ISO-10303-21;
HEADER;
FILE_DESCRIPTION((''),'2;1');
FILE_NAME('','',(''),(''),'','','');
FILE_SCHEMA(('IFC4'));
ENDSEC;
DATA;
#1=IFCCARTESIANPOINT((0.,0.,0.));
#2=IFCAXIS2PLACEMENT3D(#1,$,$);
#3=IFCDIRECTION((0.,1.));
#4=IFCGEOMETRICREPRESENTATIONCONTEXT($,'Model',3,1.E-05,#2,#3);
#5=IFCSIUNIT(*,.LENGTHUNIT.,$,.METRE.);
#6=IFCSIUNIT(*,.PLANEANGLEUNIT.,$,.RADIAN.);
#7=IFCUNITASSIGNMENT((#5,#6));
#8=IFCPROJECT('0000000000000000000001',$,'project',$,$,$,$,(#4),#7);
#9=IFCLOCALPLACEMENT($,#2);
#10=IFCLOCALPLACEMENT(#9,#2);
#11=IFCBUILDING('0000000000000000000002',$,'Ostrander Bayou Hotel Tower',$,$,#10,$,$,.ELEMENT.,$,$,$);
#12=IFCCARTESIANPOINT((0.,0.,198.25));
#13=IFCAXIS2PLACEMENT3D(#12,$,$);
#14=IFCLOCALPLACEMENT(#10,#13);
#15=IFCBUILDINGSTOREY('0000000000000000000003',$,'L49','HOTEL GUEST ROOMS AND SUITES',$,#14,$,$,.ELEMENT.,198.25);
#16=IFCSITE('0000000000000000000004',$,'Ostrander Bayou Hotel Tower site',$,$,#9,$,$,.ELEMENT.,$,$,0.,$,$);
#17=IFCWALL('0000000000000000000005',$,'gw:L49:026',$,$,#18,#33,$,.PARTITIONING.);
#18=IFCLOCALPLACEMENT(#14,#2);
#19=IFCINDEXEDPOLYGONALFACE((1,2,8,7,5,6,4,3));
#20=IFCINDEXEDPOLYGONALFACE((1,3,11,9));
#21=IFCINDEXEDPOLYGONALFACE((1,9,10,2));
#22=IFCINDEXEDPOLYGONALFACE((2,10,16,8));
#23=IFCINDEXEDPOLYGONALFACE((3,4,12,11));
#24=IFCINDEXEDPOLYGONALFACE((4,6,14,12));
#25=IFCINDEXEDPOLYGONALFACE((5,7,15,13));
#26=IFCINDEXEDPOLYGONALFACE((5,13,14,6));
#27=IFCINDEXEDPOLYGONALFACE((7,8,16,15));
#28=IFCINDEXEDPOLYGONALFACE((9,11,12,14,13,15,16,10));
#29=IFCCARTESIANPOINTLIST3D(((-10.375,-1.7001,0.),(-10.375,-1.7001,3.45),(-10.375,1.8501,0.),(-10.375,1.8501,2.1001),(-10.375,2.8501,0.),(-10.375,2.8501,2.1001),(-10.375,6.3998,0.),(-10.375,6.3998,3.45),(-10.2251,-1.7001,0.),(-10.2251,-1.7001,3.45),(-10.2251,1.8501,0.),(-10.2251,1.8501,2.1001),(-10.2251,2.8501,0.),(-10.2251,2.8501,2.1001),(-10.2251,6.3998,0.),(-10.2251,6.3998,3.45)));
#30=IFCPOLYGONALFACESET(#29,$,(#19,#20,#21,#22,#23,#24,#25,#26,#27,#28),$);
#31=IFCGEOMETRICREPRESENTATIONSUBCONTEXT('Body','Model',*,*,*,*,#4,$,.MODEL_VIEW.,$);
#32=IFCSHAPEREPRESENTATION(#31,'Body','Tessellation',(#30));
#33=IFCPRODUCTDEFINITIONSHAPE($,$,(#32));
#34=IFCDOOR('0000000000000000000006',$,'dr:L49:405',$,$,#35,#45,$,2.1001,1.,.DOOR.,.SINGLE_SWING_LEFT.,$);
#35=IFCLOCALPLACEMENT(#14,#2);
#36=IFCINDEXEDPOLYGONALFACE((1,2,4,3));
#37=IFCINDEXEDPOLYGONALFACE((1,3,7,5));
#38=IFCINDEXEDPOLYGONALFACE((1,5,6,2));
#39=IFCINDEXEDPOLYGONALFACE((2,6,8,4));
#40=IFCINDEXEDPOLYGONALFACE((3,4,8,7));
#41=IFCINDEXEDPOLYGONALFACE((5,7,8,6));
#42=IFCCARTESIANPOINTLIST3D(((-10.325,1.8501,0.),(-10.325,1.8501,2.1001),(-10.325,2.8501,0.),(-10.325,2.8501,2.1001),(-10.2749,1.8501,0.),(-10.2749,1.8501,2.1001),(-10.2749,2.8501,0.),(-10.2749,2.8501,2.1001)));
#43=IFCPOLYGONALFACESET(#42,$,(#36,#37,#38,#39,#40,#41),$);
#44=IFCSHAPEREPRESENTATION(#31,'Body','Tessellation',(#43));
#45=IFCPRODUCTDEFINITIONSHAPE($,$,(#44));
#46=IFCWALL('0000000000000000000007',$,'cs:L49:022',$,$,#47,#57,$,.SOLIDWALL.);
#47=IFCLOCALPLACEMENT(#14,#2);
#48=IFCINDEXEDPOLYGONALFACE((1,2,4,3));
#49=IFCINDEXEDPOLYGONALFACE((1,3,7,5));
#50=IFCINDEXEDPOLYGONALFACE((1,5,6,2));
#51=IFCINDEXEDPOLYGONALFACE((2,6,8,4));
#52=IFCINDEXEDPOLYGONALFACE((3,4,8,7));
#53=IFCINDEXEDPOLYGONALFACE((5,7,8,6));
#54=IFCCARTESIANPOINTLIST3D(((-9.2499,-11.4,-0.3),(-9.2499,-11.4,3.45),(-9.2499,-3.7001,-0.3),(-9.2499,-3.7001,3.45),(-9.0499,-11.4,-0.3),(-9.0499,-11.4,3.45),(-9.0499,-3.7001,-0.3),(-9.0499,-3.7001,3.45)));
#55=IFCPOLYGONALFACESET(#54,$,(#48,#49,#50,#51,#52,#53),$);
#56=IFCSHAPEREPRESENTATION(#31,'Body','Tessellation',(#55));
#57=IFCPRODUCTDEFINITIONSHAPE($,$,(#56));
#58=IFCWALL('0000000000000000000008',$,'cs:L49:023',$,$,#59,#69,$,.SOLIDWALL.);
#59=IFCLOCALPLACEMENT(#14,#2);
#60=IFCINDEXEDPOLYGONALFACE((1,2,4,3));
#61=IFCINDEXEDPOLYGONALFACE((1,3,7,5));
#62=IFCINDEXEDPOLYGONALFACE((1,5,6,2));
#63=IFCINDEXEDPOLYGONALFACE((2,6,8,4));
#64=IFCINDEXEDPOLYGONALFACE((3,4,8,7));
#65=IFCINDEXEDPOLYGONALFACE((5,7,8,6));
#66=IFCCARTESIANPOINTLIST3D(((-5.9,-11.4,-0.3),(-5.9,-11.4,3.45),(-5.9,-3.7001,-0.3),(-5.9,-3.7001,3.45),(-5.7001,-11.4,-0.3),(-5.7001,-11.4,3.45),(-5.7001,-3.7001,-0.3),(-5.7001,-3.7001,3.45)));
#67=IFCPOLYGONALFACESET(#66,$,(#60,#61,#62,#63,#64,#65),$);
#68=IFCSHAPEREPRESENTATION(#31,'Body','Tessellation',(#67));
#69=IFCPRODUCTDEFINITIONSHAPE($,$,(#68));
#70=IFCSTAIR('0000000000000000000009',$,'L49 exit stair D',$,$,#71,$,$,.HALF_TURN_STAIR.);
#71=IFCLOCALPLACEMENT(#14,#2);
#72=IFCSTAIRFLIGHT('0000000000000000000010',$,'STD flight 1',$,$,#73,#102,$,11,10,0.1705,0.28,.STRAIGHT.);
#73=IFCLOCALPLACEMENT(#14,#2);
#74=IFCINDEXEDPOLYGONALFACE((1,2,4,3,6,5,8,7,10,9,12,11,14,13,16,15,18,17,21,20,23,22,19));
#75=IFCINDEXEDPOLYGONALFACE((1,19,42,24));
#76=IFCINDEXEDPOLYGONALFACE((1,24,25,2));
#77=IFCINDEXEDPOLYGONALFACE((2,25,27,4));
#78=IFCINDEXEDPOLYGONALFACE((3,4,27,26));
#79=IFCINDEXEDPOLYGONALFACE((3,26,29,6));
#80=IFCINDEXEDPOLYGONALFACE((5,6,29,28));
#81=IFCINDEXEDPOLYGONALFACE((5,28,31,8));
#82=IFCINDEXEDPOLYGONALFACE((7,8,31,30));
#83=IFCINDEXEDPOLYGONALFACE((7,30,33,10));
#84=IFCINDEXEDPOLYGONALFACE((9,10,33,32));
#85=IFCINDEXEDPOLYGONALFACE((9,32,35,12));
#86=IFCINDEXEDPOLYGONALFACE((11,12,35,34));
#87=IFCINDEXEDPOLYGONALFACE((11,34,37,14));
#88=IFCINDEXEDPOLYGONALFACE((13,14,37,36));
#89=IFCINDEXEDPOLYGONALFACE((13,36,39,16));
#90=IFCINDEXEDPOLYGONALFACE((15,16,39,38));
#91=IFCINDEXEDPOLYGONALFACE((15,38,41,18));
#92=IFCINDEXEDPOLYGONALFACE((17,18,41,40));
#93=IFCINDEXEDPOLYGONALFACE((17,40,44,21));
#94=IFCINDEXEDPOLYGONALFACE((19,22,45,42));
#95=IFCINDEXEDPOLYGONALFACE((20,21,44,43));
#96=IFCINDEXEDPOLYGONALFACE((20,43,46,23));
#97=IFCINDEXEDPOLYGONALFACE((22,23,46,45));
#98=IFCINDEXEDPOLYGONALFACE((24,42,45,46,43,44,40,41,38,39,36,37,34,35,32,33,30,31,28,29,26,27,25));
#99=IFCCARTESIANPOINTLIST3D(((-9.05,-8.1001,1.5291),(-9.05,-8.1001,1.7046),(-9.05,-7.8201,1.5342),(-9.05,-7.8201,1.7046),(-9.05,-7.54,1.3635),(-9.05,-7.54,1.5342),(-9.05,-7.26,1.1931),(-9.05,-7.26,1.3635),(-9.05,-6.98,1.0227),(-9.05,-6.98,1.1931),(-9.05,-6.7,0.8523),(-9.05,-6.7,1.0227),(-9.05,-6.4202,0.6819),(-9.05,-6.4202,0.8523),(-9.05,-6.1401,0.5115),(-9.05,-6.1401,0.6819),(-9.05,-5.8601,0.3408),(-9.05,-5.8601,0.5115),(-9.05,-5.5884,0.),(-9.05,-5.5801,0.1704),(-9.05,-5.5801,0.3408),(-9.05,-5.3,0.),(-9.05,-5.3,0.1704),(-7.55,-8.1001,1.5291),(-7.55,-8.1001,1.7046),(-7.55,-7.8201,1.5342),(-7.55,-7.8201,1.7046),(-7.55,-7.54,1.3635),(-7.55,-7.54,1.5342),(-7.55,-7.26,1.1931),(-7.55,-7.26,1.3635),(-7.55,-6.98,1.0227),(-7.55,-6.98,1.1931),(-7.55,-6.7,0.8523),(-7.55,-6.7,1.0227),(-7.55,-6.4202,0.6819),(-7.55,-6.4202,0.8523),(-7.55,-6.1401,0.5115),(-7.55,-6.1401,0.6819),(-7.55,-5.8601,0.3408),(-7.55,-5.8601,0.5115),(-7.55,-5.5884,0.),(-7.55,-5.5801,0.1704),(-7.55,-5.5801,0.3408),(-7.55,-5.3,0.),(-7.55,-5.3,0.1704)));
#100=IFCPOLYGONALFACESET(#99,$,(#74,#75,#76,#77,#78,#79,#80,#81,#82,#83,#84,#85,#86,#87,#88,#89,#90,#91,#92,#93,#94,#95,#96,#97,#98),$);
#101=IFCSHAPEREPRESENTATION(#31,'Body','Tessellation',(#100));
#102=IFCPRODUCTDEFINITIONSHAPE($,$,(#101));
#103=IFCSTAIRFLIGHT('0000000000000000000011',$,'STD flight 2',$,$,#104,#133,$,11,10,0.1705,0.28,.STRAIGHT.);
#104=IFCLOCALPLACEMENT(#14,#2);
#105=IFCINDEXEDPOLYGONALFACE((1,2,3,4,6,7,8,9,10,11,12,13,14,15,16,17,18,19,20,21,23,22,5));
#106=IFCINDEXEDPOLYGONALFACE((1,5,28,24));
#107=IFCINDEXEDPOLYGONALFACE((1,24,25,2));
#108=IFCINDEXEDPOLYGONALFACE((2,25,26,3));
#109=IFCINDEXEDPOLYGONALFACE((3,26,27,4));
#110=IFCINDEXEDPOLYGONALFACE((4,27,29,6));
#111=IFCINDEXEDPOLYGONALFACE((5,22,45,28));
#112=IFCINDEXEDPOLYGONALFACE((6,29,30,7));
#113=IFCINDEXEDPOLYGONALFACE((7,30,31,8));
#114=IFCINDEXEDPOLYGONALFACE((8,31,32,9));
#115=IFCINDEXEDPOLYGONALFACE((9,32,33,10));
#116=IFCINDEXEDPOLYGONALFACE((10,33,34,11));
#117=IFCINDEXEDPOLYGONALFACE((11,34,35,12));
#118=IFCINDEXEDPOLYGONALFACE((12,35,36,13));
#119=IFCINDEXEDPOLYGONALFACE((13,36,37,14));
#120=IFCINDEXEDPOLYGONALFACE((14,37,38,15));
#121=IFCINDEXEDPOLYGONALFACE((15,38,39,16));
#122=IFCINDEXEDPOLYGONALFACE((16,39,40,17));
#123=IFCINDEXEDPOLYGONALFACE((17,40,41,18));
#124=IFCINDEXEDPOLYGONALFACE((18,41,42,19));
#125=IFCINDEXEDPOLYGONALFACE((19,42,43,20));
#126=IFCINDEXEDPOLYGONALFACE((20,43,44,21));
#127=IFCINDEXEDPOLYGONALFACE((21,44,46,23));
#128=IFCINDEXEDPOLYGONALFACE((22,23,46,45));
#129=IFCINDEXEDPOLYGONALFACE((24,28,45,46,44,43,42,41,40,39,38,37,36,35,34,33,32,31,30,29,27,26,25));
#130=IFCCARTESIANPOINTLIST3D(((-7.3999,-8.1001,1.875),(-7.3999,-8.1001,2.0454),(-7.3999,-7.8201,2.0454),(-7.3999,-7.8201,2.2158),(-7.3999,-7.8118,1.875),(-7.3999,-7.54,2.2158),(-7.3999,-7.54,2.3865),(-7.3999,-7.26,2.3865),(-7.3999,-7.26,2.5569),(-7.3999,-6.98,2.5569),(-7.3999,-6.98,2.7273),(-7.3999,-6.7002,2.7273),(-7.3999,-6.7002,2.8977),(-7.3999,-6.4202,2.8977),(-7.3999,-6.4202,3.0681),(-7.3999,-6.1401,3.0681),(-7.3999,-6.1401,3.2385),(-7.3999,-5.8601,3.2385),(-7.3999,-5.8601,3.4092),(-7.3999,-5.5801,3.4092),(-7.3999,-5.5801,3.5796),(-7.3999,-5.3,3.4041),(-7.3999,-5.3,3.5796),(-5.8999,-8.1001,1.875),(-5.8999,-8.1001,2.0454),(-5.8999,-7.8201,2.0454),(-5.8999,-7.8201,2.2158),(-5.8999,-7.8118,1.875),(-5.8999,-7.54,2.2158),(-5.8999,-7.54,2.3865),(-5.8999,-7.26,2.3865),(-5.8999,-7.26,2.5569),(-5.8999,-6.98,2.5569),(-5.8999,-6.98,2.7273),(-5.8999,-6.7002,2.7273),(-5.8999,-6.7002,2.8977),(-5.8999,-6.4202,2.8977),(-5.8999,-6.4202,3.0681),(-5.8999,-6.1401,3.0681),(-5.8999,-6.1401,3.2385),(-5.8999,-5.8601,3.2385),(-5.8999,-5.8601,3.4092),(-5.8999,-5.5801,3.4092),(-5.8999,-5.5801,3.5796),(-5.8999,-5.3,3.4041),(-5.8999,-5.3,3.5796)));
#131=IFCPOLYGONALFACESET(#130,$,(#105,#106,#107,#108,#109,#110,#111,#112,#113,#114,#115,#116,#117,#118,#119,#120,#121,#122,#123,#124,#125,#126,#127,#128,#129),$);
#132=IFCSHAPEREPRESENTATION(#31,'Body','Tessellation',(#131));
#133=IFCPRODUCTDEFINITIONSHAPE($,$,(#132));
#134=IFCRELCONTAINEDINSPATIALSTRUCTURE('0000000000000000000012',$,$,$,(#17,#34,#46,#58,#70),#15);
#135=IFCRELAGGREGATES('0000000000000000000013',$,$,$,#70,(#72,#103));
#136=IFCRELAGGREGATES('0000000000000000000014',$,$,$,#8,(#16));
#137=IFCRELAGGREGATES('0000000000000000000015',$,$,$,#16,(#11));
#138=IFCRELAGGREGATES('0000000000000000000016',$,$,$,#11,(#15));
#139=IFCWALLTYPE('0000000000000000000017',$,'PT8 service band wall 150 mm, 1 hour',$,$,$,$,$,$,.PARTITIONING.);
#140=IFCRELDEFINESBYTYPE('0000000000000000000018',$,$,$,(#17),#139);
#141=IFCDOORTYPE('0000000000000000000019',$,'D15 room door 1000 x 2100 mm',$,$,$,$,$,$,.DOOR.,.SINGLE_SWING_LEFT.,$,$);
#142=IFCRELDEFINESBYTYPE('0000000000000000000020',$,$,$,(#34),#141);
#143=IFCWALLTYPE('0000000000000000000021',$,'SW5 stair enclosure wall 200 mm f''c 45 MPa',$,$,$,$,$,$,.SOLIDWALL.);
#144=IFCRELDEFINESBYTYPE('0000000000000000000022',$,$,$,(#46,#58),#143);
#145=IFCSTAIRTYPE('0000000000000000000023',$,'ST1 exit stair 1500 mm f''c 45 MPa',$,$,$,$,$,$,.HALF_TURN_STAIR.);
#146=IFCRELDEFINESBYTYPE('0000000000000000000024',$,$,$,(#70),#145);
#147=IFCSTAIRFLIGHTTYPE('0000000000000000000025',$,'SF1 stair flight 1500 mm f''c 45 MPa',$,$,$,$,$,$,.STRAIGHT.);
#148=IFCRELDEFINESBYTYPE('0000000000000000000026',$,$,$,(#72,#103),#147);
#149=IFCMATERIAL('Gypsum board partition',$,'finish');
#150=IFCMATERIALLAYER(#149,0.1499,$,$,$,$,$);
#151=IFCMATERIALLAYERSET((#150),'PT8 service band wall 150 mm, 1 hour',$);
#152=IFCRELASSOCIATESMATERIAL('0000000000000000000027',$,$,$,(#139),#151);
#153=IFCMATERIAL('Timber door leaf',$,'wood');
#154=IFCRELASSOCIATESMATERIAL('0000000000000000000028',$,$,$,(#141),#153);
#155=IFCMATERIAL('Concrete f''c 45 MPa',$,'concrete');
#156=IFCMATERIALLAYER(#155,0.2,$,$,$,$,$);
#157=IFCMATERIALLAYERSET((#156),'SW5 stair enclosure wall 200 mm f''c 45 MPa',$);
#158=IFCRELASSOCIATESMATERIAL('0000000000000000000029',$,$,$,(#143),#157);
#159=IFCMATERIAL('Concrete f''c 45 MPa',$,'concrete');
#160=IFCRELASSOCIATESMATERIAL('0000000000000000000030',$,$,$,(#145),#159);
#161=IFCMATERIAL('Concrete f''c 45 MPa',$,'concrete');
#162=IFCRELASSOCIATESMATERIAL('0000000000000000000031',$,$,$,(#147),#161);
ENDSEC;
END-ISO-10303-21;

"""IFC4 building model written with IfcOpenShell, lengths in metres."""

from ifc_helpers import new_model, si_unit, direction, frame, frame_2d, origin, place, context, subcontext, project, spatial, polyline, rectangle, outline, extrude, material, layer, layer_set, type_object, element, fill, aggregate, save


model = new_model("IFC4")

# Units and contexts
model_context = context("Model", 3, precision=1e-05, world=origin(), true_north=direction((0.0, 1.0)))
body_context = subcontext(model_context, "Body", "Model", "MODEL_VIEW")
ifc_project = project(units=[si_unit("LENGTHUNIT", "METRE"), si_unit("PLANEANGLEUNIT", "RADIAN")], contexts=[model_context])

# Site, building, storey
site_placement = place(None, origin())
site = spatial("IfcSite", under=ifc_project, at=site_placement, Name="Ostrander Bayou Hotel Tower site", CompositionType="ELEMENT", RefElevation=0.0)
building_placement = place(site_placement, origin())
building = spatial("IfcBuilding", under=site, at=building_placement, Name="Ostrander Bayou Hotel Tower", CompositionType="ELEMENT")
storey_placement = place(building_placement, frame((0.0, 0.0, 198.25)))
storey = spatial("IfcBuildingStorey", under=building, at=storey_placement, Name="L49", Description="HOTEL GUEST ROOMS AND SUITES", CompositionType="ELEMENT", Elevation=198.25)

# Shared definitions
ifc_material_1 = material(Name="Gypsum board partition", Category="finish")
ifc_layer_1 = layer(ifc_material_1, 0.1499)
ifc_layer_set_1 = layer_set([ifc_layer_1], Name="PT8 service band wall 150 mm, 1 hour")
wall_type_1 = type_object("IfcWallType", Name="PT8 service band wall 150 mm, 1 hour", PredefinedType="PARTITIONING", material=ifc_layer_set_1)

# Wall, opening, door
wall_1_placement = place(storey_placement, frame((-10.3, -1.7, 0.0), z_axis=(0.0, 0.0, 1.0), x_axis=(0.0, 1.0, 0.0)))
wall_1 = element("IfcWall", 1, at=wall_1_placement, inside=storey, type_object=wall_type_1, Name="gw:L49:026", PredefinedType="PARTITIONING", context=body_context, shape_type="SweptSolid", body=[
    extrude(rectangle(XDim=8.0999, YDim=0.1499, at=frame_2d((4.0498, 0.0))), origin(), (0.0, 0.0, 1.0), 3.45),
])
opening_1_placement = place(wall_1_placement, frame((3.55, 0.0, 0.0)))
opening_1 = element("IfcOpeningElement", 2, at=opening_1_placement, cuts=wall_1, PredefinedType="OPENING", context=body_context, shape_type="SweptSolid", body=[
    extrude(rectangle(XDim=1.0, YDim=2.1001, at=frame_2d((0.5, 1.05))), frame((0.0, 0.075, 0.0), z_axis=(0.0, -1.0, 0.0), x_axis=(1.0, 0.0, 0.0)), (0.0, 0.0, 1.0), 0.1499),
])
ifc_material_2 = material(Name="Timber door leaf", Category="wood")
door_type_1 = type_object("IfcDoorType", Name="D15 room door 1000 x 2100 mm", OperationType="SINGLE_SWING_LEFT", PredefinedType="DOOR", material=ifc_material_2)
door_1_placement = place(opening_1_placement, origin())
door_1 = element("IfcDoor", 3, at=door_1_placement, inside=storey, type_object=door_type_1, Name="dr:L49:405", OperationType="SINGLE_SWING_LEFT", OverallHeight=2.1001, OverallWidth=1.0, PredefinedType="DOOR", context=body_context, shape_type="SweptSolid", body=[
    extrude(rectangle(XDim=1.0, YDim=2.1001, at=frame_2d((0.5, 1.05))), frame((0.0, 0.0249, 0.0), z_axis=(0.0, -1.0, 0.0), x_axis=(1.0, 0.0, 0.0)), (0.0, 0.0, 1.0), 0.05),
])
fill(opening_1, door_1)
ifc_material_3 = material(Name="Concrete f'c 45 MPa", Category="concrete")
ifc_layer_2 = layer(ifc_material_3, 0.2)
ifc_layer_set_2 = layer_set([ifc_layer_2], Name="SW5 stair enclosure wall 200 mm f'c 45 MPa")
wall_type_2 = type_object("IfcWallType", Name="SW5 stair enclosure wall 200 mm f'c 45 MPa", PredefinedType="SOLIDWALL", material=ifc_layer_set_2)

# Walls
for number, where, z_axis, x_axis, name in (
    (4, (-9.1499, -3.7, -0.3), (0.0, 0.0, 1.0), (0.0, -1.0, 0.0), "cs:L49:022"),
    (5, (-5.8, -3.7, -0.3), (0.0, 0.0, 1.0), (0.0, -1.0, 0.0), "cs:L49:023"),
):
    element("IfcWall", number, at=place(storey_placement, frame(where, z_axis=z_axis, x_axis=x_axis)), inside=storey, type_object=wall_type_2, Name=name, PredefinedType="SOLIDWALL", context=body_context, shape_type="SweptSolid", body=[
        extrude(rectangle(XDim=7.7, YDim=0.2, at=frame_2d((3.8501, 0.0))), origin(), (0.0, 0.0, 1.0), 3.75),
    ])

# Stair, stair flights
ifc_material_4 = material(Name="Concrete f'c 45 MPa", Category="concrete")
stair_type = type_object("IfcStairType", Name="ST1 exit stair 1500 mm f'c 45 MPa", PredefinedType="HALF_TURN_STAIR", material=ifc_material_4)
stair_placement = place(storey_placement, origin())
stair = element("IfcStair", 6, at=stair_placement, inside=storey, type_object=stair_type, Name="L49 exit stair D", PredefinedType="HALF_TURN_STAIR")
ifc_material_5 = material(Name="Concrete f'c 45 MPa", Category="concrete")
stair_flight_type = type_object("IfcStairFlightType", Name="SF1 stair flight 1500 mm f'c 45 MPa", PredefinedType="STRAIGHT", material=ifc_material_5)
stair_flight_1_placement = place(storey_placement, frame((-8.3, -5.3, 0.0), z_axis=(0.0, 0.0, 1.0), x_axis=(0.0, -1.0, 0.0)))
stair_flight_1 = element("IfcStairFlight", 7, at=stair_flight_1_placement, type_object=stair_flight_type, Name="STD flight 1", NumberOfRisers=11, NumberOfTreads=10, PredefinedType="STRAIGHT", RiserHeight=0.1705, TreadLength=0.28, context=body_context, shape_type="SweptSolid", body=[
    extrude(outline(polyline([(0.0, 0.0), (0.0, 0.1704), (0.28, 0.1704), (0.28, 0.3408), (0.5601, 0.3408), (0.5601, 0.5115), (0.8401, 0.5115), (0.8401, 0.6819), (1.1201, 0.6819), (1.1201, 0.8523), (1.3999, 0.8523), (1.3999, 1.0227), (1.6799, 1.0227), (1.6799, 1.1931), (1.96, 1.1931), (1.96, 1.3635), (2.24, 1.3635), (2.24, 1.5342), (2.52, 1.5342), (2.52, 1.7046), (2.8, 1.7046), (2.8, 1.875), (2.8, 1.5291), (0.2883, 0.0), (0.0, 0.0)])), frame((0.0, 0.75, 0.0), z_axis=(0.0, -1.0, 0.0), x_axis=(1.0, 0.0, 0.0)), (0.0, 0.0, 1.0), 1.5),
])
stair_flight_2_placement = place(storey_placement, frame((-6.6499, -8.1001, 1.875), z_axis=(0.0, 0.0, 1.0), x_axis=(0.0, 1.0, 0.0)))
stair_flight_2 = element("IfcStairFlight", 8, at=stair_flight_2_placement, type_object=stair_flight_type, Name="STD flight 2", NumberOfRisers=11, NumberOfTreads=10, PredefinedType="STRAIGHT", RiserHeight=0.1705, TreadLength=0.28, context=body_context, shape_type="SweptSolid", body=[
    extrude(outline(polyline([(0.0, 0.0), (0.0, 0.1704), (0.28, 0.1704), (0.28, 0.3408), (0.5601, 0.3408), (0.5601, 0.5115), (0.8401, 0.5115), (0.8401, 0.6819), (1.1201, 0.6819), (1.1201, 0.8523), (1.3999, 0.8523), (1.3999, 1.0227), (1.6799, 1.0227), (1.6799, 1.1931), (1.96, 1.1931), (1.96, 1.3635), (2.24, 1.3635), (2.24, 1.5342), (2.52, 1.5342), (2.52, 1.7046), (2.8, 1.7046), (2.8, 1.875), (2.8, 1.5291), (0.2883, 0.0), (0.0, 0.0)])), frame((0.0, 0.75, 0.0), z_axis=(0.0, -1.0, 0.0), x_axis=(1.0, 0.0, 0.0)), (0.0, 0.0, 1.0), 1.5),
])
aggregate(stair, [stair_flight_1, stair_flight_2])

save(model, "model.ifc")
